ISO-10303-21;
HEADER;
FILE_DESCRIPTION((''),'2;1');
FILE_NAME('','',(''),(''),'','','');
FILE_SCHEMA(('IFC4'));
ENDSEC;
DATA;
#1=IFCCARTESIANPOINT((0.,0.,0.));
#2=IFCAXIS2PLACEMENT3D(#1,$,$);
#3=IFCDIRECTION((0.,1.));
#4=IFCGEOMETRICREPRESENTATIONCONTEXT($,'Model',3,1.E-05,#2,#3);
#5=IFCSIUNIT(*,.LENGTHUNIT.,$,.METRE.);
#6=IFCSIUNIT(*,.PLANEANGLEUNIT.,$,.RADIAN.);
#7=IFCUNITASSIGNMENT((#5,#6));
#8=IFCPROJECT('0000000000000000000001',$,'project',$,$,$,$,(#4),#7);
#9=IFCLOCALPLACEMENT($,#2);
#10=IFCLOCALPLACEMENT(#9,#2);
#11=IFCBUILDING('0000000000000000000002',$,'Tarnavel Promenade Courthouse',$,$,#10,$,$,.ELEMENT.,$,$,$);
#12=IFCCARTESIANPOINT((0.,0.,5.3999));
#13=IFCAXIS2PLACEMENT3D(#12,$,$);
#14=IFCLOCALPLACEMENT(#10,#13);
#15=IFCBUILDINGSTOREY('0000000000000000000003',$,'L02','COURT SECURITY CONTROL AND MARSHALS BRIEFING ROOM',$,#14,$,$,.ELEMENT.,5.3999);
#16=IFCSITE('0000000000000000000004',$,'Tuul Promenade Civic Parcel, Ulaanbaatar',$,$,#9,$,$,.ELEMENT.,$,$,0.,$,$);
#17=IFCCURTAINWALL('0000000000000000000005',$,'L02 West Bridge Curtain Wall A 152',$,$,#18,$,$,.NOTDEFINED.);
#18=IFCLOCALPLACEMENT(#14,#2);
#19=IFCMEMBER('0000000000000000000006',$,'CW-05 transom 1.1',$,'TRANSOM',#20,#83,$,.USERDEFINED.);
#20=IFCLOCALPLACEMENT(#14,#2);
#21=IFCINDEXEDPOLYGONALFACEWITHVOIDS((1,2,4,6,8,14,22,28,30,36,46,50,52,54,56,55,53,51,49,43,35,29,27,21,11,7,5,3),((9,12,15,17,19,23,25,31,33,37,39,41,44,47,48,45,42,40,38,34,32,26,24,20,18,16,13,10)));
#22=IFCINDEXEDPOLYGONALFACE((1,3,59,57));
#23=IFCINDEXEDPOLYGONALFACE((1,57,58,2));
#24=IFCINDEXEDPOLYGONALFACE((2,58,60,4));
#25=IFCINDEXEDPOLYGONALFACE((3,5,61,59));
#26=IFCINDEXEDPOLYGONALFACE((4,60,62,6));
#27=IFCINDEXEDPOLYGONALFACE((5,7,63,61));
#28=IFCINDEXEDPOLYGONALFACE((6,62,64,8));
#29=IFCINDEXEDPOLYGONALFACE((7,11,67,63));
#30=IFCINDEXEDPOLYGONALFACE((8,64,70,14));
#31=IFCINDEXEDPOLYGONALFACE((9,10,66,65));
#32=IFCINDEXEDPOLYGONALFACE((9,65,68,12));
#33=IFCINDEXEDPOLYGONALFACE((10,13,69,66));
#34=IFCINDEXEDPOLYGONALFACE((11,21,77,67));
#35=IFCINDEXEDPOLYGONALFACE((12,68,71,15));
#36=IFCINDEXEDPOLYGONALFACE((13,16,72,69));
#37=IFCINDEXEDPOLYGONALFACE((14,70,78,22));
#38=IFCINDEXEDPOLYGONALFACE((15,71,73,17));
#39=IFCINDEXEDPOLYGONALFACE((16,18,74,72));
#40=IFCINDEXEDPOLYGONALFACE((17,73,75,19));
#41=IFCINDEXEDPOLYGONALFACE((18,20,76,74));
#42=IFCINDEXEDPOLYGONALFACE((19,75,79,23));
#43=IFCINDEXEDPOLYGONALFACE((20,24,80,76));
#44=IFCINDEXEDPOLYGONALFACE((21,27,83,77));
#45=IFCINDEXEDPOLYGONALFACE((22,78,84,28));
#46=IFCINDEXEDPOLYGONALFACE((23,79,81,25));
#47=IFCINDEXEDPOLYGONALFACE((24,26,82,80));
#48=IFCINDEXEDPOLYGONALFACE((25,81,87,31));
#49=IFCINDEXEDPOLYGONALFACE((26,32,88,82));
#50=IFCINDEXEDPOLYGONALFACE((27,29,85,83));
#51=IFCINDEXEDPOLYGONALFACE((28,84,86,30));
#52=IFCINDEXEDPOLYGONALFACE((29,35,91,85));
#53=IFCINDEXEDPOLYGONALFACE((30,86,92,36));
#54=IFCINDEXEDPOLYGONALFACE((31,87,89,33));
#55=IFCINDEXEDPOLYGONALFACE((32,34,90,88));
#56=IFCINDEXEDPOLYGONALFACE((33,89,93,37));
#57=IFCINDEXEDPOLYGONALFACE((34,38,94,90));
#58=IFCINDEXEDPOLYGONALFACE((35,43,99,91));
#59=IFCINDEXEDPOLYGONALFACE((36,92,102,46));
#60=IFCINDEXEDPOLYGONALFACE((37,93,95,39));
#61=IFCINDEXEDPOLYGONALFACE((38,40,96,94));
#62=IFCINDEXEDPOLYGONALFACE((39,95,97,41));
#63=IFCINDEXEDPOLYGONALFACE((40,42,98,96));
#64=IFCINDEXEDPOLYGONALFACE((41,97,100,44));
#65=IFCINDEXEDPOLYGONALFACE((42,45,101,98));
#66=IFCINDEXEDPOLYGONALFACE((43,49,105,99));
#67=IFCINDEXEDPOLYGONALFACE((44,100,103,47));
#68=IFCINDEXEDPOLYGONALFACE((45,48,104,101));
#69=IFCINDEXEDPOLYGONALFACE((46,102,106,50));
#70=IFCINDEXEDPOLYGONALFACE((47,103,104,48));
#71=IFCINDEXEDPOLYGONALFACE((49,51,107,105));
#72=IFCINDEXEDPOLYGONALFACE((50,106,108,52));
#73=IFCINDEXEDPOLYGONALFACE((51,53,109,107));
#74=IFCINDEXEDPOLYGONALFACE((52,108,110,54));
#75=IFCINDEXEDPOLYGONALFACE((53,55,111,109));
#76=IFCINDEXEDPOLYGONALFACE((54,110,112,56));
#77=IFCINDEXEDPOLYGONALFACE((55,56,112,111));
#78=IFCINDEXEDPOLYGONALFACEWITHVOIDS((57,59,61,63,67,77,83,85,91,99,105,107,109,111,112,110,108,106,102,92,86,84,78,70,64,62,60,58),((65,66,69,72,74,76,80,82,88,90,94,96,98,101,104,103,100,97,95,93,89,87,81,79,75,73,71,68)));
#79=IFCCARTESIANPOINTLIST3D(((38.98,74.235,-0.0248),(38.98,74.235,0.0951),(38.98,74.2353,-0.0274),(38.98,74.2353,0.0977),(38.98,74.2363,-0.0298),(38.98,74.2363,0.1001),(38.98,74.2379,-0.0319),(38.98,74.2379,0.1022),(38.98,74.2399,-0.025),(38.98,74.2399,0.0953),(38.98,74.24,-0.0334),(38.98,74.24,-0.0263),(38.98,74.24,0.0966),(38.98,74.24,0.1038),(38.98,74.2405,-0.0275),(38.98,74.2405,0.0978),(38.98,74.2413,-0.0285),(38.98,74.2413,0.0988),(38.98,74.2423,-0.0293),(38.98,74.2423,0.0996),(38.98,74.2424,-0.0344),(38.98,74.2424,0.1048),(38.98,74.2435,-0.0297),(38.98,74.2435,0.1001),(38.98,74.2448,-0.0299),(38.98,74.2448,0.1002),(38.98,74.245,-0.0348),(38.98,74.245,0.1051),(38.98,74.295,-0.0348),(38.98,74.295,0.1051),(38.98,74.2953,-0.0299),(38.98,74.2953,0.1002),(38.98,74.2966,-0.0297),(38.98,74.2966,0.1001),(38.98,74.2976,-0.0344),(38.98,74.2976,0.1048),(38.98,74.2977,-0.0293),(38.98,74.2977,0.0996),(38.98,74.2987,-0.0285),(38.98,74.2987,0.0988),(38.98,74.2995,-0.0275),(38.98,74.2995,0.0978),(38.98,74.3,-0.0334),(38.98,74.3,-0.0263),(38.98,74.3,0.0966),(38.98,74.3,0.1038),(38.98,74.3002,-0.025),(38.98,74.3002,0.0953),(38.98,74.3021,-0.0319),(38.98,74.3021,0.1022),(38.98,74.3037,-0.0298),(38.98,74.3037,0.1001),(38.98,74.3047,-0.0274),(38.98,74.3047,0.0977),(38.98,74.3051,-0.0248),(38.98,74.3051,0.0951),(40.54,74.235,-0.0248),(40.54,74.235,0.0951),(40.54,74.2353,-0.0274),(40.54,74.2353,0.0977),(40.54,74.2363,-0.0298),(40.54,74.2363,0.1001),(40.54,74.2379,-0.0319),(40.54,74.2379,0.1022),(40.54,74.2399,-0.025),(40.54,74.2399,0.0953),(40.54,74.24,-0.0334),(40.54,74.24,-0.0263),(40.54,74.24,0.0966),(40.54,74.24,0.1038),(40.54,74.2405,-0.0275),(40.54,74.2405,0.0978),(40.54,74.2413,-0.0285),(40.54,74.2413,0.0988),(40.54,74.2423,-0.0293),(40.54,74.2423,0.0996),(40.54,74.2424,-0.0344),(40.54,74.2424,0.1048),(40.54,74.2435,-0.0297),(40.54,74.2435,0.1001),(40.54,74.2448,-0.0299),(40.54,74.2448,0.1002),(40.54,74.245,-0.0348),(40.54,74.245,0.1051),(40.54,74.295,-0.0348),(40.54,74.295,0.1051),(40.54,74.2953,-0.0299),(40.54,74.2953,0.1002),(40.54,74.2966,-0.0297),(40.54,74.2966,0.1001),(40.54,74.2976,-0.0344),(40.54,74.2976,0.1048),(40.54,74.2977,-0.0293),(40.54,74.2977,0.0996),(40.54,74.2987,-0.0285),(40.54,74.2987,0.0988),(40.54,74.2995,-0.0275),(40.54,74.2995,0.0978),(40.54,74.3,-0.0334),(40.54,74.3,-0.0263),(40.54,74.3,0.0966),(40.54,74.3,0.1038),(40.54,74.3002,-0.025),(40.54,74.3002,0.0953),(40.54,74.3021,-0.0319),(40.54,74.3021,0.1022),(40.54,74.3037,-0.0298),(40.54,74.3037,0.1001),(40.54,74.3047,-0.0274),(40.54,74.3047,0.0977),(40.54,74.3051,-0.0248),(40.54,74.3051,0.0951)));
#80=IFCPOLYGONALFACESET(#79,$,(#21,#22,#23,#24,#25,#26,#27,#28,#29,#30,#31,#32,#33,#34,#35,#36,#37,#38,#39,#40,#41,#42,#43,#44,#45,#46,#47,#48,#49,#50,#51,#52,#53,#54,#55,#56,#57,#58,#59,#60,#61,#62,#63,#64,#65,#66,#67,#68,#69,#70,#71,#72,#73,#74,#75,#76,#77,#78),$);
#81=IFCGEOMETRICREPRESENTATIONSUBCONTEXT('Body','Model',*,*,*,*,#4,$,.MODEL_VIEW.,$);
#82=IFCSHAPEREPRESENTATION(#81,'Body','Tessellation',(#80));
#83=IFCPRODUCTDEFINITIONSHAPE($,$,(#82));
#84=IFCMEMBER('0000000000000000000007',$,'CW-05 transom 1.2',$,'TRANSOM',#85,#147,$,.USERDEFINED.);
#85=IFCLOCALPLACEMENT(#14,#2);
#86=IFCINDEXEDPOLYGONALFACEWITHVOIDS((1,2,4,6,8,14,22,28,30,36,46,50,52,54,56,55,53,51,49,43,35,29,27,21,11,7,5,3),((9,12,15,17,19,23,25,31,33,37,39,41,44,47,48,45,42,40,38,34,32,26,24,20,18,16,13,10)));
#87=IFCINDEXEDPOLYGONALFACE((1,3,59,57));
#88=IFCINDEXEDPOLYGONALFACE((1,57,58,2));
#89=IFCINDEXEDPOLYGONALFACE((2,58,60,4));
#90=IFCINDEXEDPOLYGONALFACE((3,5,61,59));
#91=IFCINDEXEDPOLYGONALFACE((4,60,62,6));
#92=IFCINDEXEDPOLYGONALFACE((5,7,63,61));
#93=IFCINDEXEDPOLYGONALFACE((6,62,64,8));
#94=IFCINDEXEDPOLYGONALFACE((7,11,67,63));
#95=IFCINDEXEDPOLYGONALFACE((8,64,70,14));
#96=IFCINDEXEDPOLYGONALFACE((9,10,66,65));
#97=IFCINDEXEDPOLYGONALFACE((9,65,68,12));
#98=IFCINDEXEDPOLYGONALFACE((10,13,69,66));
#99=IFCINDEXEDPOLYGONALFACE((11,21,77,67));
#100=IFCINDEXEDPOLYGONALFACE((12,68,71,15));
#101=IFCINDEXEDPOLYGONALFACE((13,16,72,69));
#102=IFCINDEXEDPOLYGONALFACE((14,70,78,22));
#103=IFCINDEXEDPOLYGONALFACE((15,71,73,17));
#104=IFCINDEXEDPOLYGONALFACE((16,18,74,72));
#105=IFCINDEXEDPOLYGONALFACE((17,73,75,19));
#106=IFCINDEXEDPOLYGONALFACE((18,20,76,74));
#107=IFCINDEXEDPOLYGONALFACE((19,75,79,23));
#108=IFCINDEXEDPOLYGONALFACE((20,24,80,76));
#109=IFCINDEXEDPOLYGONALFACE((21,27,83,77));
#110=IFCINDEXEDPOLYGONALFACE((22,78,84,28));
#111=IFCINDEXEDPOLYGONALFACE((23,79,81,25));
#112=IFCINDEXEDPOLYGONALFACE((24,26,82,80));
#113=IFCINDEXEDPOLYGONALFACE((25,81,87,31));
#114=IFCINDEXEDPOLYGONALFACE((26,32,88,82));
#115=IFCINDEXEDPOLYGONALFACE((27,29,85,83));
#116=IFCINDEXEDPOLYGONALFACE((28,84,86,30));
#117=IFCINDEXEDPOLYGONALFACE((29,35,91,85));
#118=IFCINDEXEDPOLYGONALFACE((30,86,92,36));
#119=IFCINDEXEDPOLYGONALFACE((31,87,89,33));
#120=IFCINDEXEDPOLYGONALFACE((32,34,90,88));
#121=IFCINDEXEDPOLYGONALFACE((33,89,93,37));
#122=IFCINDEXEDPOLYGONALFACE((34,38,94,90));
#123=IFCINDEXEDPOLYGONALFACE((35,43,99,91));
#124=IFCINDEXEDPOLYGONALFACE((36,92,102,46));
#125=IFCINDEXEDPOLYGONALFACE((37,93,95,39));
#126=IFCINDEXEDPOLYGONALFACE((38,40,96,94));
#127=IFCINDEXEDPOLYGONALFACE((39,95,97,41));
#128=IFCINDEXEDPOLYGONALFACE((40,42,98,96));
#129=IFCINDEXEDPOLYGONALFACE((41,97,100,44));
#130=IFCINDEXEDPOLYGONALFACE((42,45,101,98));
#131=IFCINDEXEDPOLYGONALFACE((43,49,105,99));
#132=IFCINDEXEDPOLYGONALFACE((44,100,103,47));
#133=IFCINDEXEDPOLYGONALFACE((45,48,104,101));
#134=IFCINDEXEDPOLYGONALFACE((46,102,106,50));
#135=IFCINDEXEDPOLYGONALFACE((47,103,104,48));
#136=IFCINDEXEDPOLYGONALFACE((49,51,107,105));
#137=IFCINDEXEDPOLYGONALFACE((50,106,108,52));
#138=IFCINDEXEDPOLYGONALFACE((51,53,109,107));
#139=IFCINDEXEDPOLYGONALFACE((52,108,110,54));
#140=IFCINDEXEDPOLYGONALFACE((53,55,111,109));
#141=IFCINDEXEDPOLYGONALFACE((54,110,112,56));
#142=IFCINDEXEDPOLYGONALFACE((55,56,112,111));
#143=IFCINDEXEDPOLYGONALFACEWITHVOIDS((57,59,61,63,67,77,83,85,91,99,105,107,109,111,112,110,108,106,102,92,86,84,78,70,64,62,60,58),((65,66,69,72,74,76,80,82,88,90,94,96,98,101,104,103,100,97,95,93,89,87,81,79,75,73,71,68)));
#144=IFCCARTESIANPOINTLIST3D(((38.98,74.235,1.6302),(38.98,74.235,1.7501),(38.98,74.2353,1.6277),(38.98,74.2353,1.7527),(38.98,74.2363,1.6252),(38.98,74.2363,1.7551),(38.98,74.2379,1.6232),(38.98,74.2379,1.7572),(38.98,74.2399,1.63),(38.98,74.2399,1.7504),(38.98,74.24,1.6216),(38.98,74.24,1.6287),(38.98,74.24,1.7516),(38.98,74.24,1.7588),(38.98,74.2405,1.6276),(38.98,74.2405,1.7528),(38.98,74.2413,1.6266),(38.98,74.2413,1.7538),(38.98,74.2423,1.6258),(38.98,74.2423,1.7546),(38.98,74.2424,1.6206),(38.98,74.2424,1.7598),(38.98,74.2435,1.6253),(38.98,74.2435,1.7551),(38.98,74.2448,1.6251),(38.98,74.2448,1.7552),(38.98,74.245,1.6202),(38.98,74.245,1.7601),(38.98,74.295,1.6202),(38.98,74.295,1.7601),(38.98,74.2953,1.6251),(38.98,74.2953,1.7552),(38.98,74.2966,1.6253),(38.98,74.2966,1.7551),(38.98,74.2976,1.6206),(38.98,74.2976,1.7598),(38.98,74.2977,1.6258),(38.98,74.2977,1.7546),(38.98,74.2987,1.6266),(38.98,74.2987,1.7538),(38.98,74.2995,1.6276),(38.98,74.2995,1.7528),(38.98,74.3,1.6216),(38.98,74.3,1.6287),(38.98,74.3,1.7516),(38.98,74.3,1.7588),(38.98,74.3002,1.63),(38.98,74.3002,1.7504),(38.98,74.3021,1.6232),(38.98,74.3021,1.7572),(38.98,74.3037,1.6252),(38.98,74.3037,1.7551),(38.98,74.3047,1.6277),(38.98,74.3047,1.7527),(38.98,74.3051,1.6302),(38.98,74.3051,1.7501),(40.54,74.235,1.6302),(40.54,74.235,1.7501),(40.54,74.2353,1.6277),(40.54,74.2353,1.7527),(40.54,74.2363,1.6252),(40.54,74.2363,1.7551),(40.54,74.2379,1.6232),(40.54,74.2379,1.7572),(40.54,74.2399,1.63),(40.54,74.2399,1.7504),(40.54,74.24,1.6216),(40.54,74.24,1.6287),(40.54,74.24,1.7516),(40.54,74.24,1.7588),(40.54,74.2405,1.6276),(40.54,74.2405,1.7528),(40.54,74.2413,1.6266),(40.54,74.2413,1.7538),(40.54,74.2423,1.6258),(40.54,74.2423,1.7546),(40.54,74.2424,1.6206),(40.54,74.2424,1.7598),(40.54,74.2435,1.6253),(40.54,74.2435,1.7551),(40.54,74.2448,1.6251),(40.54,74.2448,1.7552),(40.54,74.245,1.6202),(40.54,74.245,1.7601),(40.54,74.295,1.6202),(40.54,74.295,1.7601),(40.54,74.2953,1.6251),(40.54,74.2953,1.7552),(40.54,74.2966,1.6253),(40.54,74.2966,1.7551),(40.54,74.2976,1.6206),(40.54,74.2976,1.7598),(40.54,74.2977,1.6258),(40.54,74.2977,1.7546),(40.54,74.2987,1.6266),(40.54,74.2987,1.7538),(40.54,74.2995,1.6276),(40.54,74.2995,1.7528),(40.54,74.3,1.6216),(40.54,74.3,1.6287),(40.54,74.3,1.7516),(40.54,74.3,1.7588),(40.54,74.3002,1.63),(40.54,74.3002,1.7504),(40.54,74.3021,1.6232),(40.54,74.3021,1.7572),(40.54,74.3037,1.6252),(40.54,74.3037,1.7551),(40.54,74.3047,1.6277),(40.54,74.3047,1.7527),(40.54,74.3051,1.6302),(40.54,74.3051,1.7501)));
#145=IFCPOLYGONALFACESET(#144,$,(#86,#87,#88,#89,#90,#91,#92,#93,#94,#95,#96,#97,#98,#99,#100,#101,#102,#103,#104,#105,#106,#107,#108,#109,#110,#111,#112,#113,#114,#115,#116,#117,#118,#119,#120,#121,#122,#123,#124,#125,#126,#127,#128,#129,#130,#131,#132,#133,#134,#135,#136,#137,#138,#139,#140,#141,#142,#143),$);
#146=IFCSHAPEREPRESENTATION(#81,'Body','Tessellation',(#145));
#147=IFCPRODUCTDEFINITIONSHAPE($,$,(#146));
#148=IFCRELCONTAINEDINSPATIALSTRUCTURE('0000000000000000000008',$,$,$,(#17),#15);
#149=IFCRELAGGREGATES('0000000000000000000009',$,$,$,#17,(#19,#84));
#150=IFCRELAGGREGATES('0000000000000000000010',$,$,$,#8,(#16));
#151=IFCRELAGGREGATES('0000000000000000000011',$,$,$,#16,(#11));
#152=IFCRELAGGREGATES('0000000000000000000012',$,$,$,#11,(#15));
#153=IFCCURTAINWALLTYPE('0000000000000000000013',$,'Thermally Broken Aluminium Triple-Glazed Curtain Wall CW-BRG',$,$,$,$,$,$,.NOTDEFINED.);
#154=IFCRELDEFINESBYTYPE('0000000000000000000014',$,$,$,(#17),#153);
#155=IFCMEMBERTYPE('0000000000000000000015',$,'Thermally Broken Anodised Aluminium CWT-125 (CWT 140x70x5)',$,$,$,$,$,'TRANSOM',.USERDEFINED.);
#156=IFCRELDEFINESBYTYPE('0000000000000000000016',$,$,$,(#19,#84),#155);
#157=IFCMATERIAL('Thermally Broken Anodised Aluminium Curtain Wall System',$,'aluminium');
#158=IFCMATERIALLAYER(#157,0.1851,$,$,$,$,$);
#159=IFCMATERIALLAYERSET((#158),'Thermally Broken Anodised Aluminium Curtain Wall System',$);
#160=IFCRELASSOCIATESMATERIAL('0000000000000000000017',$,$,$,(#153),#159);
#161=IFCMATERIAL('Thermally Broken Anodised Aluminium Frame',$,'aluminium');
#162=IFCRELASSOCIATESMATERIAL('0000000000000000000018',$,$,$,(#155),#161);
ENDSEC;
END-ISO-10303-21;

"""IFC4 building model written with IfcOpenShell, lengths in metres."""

from ifc_helpers import new_model, si_unit, direction, frame, origin, origin_2d, place, context, subcontext, project, spatial, hollow_rectangle, extrude, material, layer, layer_set, material_profile, profile_set, type_object, element, aggregate, save


model = new_model("IFC4")

# Units and contexts
model_context = context("Model", 3, precision=1e-05, world=origin(), true_north=direction((0.0, 1.0)))
body_context = subcontext(model_context, "Body", "Model", "MODEL_VIEW")
ifc_project = project(units=[si_unit("LENGTHUNIT", "METRE"), si_unit("PLANEANGLEUNIT", "RADIAN")], contexts=[model_context])

# Site, building, storey
site_placement = place(None, origin())
site = spatial("IfcSite", under=ifc_project, at=site_placement, Name="Tuul Promenade Civic Parcel, Ulaanbaatar", CompositionType="ELEMENT", RefElevation=0.0)
building_placement = place(site_placement, origin())
building = spatial("IfcBuilding", under=site, at=building_placement, Name="Tarnavel Promenade Courthouse", CompositionType="ELEMENT")
storey_placement = place(building_placement, frame((0.0, 0.0, 5.3999)))
storey = spatial("IfcBuildingStorey", under=building, at=storey_placement, Name="L02", Description="COURT SECURITY CONTROL AND MARSHALS BRIEFING ROOM", CompositionType="ELEMENT", Elevation=5.3999)

# Curtain wall
ifc_material_1 = material(Name="Thermally Broken Anodised Aluminium Curtain Wall System", Category="aluminium")
ifc_layer_1 = layer(ifc_material_1, 0.1851)
ifc_layer_set_1 = layer_set([ifc_layer_1], Name="Thermally Broken Anodised Aluminium Curtain Wall System")
curtain_wall_type = type_object("IfcCurtainWallType", Name="Thermally Broken Aluminium Triple-Glazed Curtain Wall CW-BRG", PredefinedType="NOTDEFINED", material=ifc_layer_set_1)
ifc_material_2 = material(Name="Thermally Broken Anodised Aluminium Frame", Category="aluminium")
curtain_wall_1_placement = place(storey_placement, origin())
curtain_wall_1 = element("IfcCurtainWall", 1, at=curtain_wall_1_placement, inside=storey, type_object=curtain_wall_type, Name="L02 West Bridge Curtain Wall A 152", PredefinedType="NOTDEFINED")

# Members
ifc_material_profile_1 = material_profile(ifc_material_2, hollow_rectangle(XDim=0.0701, YDim=0.1399, WallThickness=0.0049, InnerFilletRadius=0.0049, OuterFilletRadius=0.01, at=origin_2d()), Name="CWT 140x70x5")
ifc_profile_set_1 = profile_set([ifc_material_profile_1], Name="Thermally Broken Anodised Aluminium Frame")
member_type_1 = type_object("IfcMemberType", Name="Thermally Broken Anodised Aluminium CWT-125 (CWT 140x70x5)", ElementType="TRANSOM", PredefinedType="USERDEFINED", material=ifc_profile_set_1)
member_1_placement = place(storey_placement, frame((38.98, 74.27, 0.0352), z_axis=(1.0, 0.0, 0.0), x_axis=(0.0, 1.0, 0.0)))
member_1 = element("IfcMember", 2, at=member_1_placement, type_object=member_type_1, Name="CW-05 transom 1.1", ObjectType="TRANSOM", PredefinedType="USERDEFINED", context=body_context, shape_type="SweptSolid", body=[
    extrude(hollow_rectangle(XDim=0.0701, YDim=0.1399, WallThickness=0.0049, InnerFilletRadius=0.0049, OuterFilletRadius=0.01, at=origin_2d()), origin(), (0.0, 0.0, 1.0), 1.5601),
])
member_2_placement = place(storey_placement, frame((38.98, 74.27, 1.6902), z_axis=(1.0, 0.0, 0.0), x_axis=(0.0, 1.0, 0.0)))
member_2 = element("IfcMember", 3, at=member_2_placement, type_object=member_type_1, Name="CW-05 transom 1.2", ObjectType="TRANSOM", PredefinedType="USERDEFINED", context=body_context, shape_type="SweptSolid", body=[
    extrude(hollow_rectangle(XDim=0.0701, YDim=0.1399, WallThickness=0.0049, InnerFilletRadius=0.0049, OuterFilletRadius=0.01, at=origin_2d()), origin(), (0.0, 0.0, 1.0), 1.5601),
])

aggregate(curtain_wall_1, [member_1, member_2])

save(model, "model.ifc")
